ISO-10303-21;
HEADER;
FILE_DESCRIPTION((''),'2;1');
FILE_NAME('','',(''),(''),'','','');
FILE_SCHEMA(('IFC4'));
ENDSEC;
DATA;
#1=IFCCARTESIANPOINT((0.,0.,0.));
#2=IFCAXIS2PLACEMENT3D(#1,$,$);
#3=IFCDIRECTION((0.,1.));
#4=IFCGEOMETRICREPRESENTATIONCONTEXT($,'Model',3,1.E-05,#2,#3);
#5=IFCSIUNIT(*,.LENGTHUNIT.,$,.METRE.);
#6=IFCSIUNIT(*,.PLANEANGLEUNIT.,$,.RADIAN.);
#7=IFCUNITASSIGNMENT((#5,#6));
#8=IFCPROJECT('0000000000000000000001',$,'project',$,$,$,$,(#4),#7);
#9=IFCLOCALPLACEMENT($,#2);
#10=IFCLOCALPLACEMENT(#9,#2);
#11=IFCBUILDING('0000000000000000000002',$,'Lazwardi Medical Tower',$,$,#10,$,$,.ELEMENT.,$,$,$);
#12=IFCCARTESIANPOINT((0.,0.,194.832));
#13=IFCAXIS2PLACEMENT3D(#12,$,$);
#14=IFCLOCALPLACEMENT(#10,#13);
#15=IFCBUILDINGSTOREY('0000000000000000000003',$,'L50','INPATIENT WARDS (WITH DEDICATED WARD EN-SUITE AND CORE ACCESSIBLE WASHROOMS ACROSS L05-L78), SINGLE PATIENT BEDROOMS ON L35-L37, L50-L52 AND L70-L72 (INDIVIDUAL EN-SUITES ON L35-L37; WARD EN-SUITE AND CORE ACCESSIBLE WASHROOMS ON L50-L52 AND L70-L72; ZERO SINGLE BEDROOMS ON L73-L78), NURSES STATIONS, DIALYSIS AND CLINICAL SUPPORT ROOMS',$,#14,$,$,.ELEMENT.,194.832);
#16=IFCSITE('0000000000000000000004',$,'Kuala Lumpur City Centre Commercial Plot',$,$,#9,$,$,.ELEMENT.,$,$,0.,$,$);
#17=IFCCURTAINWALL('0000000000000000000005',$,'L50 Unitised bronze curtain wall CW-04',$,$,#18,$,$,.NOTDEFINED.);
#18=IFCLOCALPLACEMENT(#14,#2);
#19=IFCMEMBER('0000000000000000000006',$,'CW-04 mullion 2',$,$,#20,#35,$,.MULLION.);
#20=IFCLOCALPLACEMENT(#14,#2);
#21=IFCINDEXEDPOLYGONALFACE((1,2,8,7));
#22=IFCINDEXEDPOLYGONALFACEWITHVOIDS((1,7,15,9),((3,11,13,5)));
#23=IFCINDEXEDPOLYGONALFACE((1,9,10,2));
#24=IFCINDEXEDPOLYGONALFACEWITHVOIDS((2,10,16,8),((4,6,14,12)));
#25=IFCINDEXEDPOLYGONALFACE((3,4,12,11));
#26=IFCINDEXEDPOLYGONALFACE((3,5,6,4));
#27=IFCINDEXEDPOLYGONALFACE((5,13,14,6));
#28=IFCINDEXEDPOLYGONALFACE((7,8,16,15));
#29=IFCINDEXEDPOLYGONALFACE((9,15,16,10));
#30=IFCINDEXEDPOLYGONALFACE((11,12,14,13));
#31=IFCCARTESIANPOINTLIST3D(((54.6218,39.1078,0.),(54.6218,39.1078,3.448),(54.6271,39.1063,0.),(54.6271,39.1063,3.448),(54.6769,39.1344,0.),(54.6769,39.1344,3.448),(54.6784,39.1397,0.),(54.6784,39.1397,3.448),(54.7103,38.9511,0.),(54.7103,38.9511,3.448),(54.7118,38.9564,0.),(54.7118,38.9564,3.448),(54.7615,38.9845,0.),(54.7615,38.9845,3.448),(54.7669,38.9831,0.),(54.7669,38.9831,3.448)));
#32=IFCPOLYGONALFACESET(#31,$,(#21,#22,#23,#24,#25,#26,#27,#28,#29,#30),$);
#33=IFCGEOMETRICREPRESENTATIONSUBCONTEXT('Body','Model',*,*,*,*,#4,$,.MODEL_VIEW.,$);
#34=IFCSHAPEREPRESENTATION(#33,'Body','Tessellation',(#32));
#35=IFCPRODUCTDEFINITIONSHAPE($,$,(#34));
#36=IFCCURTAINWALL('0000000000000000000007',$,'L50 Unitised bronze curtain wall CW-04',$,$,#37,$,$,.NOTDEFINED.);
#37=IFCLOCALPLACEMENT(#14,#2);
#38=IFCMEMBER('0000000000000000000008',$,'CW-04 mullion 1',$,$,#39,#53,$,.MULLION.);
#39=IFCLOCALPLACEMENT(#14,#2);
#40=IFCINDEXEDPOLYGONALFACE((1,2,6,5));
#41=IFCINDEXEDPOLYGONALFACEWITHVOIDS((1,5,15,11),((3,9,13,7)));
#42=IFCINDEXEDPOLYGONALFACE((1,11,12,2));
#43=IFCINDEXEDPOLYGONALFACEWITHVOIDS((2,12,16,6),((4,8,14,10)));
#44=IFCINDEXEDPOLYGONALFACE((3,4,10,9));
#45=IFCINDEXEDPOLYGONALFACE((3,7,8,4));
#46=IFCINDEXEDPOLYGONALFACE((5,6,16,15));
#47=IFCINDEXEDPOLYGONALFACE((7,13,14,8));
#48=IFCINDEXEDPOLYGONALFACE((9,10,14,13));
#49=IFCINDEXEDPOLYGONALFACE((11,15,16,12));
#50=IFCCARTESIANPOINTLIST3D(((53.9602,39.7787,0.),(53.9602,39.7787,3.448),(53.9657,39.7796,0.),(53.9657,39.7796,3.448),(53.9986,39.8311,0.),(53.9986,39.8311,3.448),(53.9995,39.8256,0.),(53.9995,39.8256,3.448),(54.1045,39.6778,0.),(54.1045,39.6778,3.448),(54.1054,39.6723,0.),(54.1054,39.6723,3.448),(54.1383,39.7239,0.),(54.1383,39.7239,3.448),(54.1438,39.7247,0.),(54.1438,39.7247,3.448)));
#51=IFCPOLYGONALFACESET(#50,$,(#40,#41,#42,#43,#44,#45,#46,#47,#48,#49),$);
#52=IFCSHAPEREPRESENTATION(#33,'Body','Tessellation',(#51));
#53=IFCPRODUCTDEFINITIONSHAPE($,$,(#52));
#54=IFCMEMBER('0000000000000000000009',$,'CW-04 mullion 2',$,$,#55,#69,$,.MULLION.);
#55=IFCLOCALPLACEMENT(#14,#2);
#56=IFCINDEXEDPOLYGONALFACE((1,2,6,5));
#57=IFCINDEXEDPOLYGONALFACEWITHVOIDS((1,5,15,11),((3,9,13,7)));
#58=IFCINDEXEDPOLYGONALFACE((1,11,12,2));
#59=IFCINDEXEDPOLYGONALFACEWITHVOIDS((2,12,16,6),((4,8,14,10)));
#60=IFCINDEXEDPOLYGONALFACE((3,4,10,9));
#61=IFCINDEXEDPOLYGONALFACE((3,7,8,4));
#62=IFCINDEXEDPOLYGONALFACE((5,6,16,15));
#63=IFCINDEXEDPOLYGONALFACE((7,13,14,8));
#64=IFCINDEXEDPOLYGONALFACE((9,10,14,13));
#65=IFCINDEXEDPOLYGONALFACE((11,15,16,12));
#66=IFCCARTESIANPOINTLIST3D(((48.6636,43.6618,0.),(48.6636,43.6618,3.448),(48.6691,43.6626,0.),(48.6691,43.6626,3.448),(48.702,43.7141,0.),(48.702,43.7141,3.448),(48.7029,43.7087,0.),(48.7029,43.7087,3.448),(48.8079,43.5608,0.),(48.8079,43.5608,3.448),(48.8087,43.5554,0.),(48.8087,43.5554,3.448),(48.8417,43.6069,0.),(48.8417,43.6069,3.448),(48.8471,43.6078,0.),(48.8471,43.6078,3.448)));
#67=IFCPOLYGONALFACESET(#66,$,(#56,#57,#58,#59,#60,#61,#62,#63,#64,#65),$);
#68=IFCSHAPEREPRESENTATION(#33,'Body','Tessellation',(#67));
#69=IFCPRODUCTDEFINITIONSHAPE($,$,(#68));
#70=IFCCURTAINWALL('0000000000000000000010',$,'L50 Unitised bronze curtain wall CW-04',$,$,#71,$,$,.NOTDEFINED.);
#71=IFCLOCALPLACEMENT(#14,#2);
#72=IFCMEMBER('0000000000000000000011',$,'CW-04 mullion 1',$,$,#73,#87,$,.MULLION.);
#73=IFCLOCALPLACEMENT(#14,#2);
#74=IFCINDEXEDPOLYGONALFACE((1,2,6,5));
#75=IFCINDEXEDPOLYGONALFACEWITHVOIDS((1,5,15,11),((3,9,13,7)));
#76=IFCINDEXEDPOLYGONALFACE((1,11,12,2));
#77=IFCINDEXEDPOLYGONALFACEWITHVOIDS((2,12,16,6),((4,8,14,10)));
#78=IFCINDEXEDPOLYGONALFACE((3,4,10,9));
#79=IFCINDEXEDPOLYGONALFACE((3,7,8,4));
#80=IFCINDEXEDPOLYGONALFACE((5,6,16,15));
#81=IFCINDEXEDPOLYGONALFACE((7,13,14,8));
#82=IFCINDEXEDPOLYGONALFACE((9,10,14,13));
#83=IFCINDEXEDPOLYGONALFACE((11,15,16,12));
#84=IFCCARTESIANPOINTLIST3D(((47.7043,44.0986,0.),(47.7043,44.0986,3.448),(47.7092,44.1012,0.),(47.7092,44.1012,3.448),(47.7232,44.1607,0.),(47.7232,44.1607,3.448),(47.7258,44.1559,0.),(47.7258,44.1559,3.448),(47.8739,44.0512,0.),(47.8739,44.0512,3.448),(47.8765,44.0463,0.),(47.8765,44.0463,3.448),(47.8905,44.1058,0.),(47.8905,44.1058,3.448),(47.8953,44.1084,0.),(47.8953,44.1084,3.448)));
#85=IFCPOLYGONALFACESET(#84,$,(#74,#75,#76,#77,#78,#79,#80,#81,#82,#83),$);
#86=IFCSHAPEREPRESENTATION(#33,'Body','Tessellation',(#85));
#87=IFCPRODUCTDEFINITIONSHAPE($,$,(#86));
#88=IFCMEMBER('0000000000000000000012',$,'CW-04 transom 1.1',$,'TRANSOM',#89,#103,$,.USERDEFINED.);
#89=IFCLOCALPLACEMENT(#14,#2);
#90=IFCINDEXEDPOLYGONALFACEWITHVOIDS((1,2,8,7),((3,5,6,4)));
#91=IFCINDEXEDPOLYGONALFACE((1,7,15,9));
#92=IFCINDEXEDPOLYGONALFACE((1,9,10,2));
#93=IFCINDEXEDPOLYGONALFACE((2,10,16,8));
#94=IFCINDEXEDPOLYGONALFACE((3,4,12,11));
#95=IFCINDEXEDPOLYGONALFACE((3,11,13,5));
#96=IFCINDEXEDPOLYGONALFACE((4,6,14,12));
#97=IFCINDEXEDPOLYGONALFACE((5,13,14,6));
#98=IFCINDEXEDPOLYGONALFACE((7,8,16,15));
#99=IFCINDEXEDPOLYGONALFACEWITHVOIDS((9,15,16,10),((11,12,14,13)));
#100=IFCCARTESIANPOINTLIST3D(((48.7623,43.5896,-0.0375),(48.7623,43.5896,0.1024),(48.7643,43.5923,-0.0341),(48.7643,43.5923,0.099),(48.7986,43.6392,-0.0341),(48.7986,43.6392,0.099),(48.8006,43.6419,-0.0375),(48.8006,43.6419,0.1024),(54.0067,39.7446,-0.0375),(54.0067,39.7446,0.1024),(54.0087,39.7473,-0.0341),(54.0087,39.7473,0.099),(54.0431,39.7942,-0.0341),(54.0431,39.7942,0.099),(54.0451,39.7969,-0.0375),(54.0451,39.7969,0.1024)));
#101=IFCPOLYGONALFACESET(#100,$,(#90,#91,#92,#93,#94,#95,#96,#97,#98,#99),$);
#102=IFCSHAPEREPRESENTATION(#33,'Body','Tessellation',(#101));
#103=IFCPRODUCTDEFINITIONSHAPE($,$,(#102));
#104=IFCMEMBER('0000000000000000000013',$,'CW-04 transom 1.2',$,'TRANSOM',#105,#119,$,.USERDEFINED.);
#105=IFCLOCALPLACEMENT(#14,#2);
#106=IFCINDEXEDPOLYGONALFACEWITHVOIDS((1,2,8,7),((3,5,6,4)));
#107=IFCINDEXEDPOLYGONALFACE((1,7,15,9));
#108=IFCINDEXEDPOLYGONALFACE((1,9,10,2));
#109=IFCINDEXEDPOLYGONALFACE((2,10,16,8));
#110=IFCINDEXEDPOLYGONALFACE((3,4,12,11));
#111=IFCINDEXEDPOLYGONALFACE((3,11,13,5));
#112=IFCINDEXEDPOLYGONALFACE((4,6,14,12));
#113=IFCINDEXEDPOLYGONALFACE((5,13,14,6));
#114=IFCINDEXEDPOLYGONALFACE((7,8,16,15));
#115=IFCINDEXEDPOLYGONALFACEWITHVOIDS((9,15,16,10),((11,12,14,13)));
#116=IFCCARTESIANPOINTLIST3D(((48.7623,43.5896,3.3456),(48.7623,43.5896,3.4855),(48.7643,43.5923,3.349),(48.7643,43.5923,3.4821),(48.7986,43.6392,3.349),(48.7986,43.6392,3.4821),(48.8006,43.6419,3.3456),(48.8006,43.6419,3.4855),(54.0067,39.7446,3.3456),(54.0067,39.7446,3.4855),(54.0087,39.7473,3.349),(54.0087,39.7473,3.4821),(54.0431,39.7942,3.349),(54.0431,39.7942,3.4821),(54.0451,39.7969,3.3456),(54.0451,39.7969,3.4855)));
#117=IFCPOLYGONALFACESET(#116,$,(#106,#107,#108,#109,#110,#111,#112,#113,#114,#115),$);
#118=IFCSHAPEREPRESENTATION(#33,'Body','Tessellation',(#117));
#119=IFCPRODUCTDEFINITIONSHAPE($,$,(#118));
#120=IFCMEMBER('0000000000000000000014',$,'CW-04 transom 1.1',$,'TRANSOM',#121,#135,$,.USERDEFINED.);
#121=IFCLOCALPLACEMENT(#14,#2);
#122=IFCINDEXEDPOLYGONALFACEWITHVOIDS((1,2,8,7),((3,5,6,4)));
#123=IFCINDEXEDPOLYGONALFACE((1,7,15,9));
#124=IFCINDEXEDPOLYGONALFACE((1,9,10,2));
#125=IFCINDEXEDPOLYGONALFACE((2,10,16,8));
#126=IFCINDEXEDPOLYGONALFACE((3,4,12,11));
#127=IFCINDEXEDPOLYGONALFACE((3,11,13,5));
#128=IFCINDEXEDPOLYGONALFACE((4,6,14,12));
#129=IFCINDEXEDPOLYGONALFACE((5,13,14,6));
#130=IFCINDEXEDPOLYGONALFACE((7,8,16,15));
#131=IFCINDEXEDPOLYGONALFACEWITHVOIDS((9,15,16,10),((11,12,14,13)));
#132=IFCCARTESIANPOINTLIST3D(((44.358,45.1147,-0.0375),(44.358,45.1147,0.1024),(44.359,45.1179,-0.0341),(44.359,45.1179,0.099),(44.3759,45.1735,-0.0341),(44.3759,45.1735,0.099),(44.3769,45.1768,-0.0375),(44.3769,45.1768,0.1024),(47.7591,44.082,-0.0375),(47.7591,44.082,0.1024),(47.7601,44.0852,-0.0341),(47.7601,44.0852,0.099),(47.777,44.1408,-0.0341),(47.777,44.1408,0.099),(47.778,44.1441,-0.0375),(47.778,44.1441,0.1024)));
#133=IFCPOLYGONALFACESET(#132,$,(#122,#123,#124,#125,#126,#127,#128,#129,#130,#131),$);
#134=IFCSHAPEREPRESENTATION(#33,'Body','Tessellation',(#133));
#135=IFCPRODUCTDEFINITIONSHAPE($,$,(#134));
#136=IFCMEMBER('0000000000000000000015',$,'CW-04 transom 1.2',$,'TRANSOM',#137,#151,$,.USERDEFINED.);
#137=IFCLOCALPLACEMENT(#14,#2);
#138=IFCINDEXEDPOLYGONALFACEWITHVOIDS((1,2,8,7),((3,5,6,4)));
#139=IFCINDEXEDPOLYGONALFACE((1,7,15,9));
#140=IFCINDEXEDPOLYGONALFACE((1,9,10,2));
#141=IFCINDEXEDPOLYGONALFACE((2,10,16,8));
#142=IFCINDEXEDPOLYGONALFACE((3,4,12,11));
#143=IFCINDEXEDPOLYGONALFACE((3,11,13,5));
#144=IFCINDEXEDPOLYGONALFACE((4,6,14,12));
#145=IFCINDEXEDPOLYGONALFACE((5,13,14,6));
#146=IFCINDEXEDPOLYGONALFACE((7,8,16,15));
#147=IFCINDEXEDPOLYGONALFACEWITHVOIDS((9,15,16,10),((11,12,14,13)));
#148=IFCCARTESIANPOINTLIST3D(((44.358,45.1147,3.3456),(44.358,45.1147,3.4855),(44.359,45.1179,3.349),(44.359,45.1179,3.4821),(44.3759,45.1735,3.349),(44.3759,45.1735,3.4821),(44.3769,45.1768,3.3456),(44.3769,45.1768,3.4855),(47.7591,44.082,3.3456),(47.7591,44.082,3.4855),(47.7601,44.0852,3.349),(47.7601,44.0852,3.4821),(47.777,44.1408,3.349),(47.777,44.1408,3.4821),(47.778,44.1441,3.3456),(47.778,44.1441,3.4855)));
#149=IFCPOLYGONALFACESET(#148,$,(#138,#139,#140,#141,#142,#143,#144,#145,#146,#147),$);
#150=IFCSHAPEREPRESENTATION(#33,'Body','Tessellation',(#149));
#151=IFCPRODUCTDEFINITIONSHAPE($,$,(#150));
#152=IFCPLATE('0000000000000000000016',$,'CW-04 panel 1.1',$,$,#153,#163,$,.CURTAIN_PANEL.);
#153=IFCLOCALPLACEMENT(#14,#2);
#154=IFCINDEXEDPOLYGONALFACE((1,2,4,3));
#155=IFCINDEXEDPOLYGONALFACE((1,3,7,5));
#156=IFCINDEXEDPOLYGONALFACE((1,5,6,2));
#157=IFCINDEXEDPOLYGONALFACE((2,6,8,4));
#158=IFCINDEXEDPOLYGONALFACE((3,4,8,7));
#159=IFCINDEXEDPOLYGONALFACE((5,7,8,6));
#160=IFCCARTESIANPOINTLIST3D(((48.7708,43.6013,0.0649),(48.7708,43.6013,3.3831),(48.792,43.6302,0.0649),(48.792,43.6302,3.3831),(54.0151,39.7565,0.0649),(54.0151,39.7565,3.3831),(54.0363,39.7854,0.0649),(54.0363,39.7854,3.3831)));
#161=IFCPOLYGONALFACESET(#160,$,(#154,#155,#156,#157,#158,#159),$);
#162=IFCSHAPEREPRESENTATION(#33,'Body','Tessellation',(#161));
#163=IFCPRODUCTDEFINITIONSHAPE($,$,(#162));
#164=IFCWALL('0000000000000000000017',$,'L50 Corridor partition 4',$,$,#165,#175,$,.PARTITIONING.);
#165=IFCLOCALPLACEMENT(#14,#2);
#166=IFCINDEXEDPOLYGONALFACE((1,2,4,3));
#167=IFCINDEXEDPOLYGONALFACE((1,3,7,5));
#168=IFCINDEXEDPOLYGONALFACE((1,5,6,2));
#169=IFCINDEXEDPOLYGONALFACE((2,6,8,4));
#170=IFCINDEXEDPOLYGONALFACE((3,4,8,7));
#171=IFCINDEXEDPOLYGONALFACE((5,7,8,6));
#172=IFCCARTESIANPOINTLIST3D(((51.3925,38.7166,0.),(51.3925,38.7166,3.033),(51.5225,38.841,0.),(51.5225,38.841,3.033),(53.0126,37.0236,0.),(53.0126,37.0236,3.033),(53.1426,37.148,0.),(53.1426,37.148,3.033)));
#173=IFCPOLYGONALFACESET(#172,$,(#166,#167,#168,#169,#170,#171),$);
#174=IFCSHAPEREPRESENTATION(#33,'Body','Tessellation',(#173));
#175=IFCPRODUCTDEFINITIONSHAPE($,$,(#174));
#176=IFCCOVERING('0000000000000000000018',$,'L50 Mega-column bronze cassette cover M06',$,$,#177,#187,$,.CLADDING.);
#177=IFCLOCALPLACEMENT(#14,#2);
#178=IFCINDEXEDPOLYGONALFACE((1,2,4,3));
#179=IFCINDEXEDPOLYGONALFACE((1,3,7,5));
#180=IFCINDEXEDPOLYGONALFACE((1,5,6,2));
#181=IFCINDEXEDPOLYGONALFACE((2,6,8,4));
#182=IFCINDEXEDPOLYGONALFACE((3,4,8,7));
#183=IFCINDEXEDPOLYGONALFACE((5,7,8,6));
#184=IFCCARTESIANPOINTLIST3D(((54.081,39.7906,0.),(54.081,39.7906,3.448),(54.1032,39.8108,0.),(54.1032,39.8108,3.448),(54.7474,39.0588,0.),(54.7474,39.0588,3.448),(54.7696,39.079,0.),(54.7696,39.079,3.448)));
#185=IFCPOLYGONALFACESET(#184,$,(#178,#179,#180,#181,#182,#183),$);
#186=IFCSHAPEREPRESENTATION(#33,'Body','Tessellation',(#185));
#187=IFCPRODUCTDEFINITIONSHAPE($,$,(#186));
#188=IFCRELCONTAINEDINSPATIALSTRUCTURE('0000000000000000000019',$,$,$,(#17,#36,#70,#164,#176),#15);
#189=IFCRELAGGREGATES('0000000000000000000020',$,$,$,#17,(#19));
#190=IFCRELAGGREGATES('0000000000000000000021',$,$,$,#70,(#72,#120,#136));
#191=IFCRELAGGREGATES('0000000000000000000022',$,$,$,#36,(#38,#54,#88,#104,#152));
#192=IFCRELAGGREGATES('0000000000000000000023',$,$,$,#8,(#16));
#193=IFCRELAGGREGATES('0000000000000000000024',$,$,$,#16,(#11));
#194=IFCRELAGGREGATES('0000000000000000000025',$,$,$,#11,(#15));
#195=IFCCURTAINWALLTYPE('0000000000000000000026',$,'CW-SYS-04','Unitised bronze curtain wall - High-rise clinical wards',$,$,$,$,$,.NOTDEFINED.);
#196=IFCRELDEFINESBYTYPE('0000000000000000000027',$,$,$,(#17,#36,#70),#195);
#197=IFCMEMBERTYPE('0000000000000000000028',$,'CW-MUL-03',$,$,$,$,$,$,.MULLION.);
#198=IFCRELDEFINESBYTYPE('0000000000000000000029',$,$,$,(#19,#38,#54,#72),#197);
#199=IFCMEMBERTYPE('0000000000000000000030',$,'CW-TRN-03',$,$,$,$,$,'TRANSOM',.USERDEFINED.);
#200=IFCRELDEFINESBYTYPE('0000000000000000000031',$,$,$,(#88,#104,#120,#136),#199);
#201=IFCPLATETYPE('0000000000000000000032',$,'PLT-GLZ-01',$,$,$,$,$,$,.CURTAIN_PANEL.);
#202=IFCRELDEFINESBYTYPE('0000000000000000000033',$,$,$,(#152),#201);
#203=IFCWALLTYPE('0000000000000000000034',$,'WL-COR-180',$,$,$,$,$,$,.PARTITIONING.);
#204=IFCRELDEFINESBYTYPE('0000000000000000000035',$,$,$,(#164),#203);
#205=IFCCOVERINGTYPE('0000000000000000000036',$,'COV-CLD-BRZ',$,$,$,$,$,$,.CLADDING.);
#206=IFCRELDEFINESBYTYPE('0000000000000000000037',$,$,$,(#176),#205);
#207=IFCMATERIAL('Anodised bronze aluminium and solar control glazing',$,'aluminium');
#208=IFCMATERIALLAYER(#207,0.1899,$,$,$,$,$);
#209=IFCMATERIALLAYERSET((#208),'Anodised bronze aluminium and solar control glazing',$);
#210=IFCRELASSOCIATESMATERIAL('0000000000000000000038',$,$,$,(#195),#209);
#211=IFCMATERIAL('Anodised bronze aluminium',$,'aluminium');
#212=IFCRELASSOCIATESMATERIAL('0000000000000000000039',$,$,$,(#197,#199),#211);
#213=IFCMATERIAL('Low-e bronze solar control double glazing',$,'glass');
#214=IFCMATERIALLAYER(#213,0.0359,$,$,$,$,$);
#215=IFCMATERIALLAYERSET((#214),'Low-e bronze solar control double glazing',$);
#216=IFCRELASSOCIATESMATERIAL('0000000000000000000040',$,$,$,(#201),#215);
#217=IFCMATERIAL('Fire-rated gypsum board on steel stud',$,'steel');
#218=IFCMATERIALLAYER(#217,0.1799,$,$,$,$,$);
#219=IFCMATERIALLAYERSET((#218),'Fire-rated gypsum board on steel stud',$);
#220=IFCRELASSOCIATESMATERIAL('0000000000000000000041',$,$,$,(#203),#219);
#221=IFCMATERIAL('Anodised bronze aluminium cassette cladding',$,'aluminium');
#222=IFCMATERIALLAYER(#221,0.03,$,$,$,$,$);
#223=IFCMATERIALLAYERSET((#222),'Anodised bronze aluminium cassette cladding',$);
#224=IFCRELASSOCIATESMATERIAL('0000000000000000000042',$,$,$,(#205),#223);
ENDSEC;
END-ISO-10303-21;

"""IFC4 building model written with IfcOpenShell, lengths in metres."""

from ifc_helpers import new_model, si_unit, direction, frame, frame_2d, origin, origin_2d, place, context, subcontext, project, spatial, rectangle, hollow_rectangle, extrude, material, layer, layer_set, material_profile, profile_set, type_object, element, aggregate, save


model = new_model("IFC4")

# Units and contexts
model_context = context("Model", 3, precision=1e-05, world=origin(), true_north=direction((0.0, 1.0)))
body_context = subcontext(model_context, "Body", "Model", "MODEL_VIEW")
ifc_project = project(units=[si_unit("LENGTHUNIT", "METRE"), si_unit("PLANEANGLEUNIT", "RADIAN")], contexts=[model_context])

# Site, building, storey
site_placement = place(None, origin())
site = spatial("IfcSite", under=ifc_project, at=site_placement, Name="Kuala Lumpur City Centre Commercial Plot", CompositionType="ELEMENT", RefElevation=0.0)
building_placement = place(site_placement, origin())
building = spatial("IfcBuilding", under=site, at=building_placement, Name="Lazwardi Medical Tower", CompositionType="ELEMENT")
storey_placement = place(building_placement, frame((0.0, 0.0, 194.832)))
storey = spatial("IfcBuildingStorey", under=building, at=storey_placement, Name="L50", Description="INPATIENT WARDS (WITH DEDICATED WARD EN-SUITE AND CORE ACCESSIBLE WASHROOMS ACROSS L05-L78), SINGLE PATIENT BEDROOMS ON L35-L37, L50-L52 AND L70-L72 (INDIVIDUAL EN-SUITES ON L35-L37; WARD EN-SUITE AND CORE ACCESSIBLE WASHROOMS ON L50-L52 AND L70-L72; ZERO SINGLE BEDROOMS ON L73-L78), NURSES STATIONS, DIALYSIS AND CLINICAL SUPPORT ROOMS", CompositionType="ELEMENT", Elevation=194.832)

# Curtain wall, member
ifc_material_1 = material(Name="Anodised bronze aluminium and solar control glazing", Category="aluminium")
ifc_layer_1 = layer(ifc_material_1, 0.1899)
ifc_layer_set_1 = layer_set([ifc_layer_1], Name="Anodised bronze aluminium and solar control glazing")
curtain_wall_type = type_object("IfcCurtainWallType", Name="CW-SYS-04", Description="Unitised bronze curtain wall - High-rise clinical wards", PredefinedType="NOTDEFINED", material=ifc_layer_set_1)
curtain_wall_1_placement = place(storey_placement, origin())
curtain_wall_1 = element("IfcCurtainWall", 1, at=curtain_wall_1_placement, inside=storey, type_object=curtain_wall_type, Name="L50 Unitised bronze curtain wall CW-04", PredefinedType="NOTDEFINED")
ifc_material_2 = material(Name="Anodised bronze aluminium", Category="aluminium")
ifc_material_profile_1 = material_profile(ifc_material_2, hollow_rectangle(XDim=0.0649, YDim=0.1799, WallThickness=0.0039, at=origin_2d()), Name="ALU-MULLION 180x65x4")
ifc_profile_set_1 = profile_set([ifc_material_profile_1], Name="Anodised bronze aluminium")
member_type_1 = type_object("IfcMemberType", Name="CW-MUL-03", PredefinedType="MULLION", material=ifc_profile_set_1)
member_1_placement = place(storey_placement, frame((54.6943, 39.0454, 0.0), z_axis=(0.0, 0.0, 1.0), x_axis=(-0.870651, -0.4919, 0.0)))
member_1 = element("IfcMember", 2, at=member_1_placement, type_object=member_type_1, Name="CW-04 mullion 2", PredefinedType="MULLION", context=body_context, shape_type="SweptSolid", body=[
    extrude(hollow_rectangle(XDim=0.0649, YDim=0.1799, WallThickness=0.0039, at=origin_2d()), origin(), (0.0, 0.0, 1.0), 3.448),
])
aggregate(curtain_wall_1, [member_1])

# Curtain wall, members
curtain_wall_2_placement = place(storey_placement, origin())
curtain_wall_2 = element("IfcCurtainWall", 3, at=curtain_wall_2_placement, inside=storey, type_object=curtain_wall_type, Name="L50 Unitised bronze curtain wall CW-04", PredefinedType="NOTDEFINED")
member_2_placement = place(storey_placement, frame((54.052, 39.7517, 0.0), z_axis=(0.0, 0.0, 1.0), x_axis=(-0.591268, -0.806475, 0.0)))
member_2 = element("IfcMember", 4, at=member_2_placement, type_object=member_type_1, Name="CW-04 mullion 1", PredefinedType="MULLION", context=body_context, shape_type="SweptSolid", body=[
    extrude(hollow_rectangle(XDim=0.0649, YDim=0.1799, WallThickness=0.0039, at=origin_2d()), origin(), (0.0, 0.0, 1.0), 3.448),
])
member_3_placement = place(storey_placement, frame((48.7554, 43.6348, 0.0), z_axis=(0.0, 0.0, 1.0), x_axis=(-0.591268, -0.806475, 0.0)))
member_3 = element("IfcMember", 5, at=member_3_placement, type_object=member_type_1, Name="CW-04 mullion 2", PredefinedType="MULLION", context=body_context, shape_type="SweptSolid", body=[
    extrude(hollow_rectangle(XDim=0.0649, YDim=0.1799, WallThickness=0.0039, at=origin_2d()), origin(), (0.0, 0.0, 1.0), 3.448),
])

# Curtain wall, member
curtain_wall_3_placement = place(storey_placement, origin())
curtain_wall_3 = element("IfcCurtainWall", 6, at=curtain_wall_3_placement, inside=storey, type_object=curtain_wall_type, Name="L50 Unitised bronze curtain wall CW-04", PredefinedType="NOTDEFINED")
member_4_placement = place(storey_placement, frame((47.7998, 44.1035, 0.0), z_axis=(0.0, 0.0, 1.0), x_axis=(-0.290582, -0.95685, 0.0)))
member_4 = element("IfcMember", 7, at=member_4_placement, type_object=member_type_1, Name="CW-04 mullion 1", PredefinedType="MULLION", context=body_context, shape_type="SweptSolid", body=[
    extrude(hollow_rectangle(XDim=0.0649, YDim=0.1799, WallThickness=0.0039, at=origin_2d()), origin(), (0.0, 0.0, 1.0), 3.448),
])

# Members
ifc_material_profile_2 = material_profile(ifc_material_2, hollow_rectangle(XDim=0.0649, YDim=0.1399, WallThickness=0.0034, at=origin_2d()), Name="ALU-TRANSOM 140x65x3.5")
ifc_profile_set_2 = profile_set([ifc_material_profile_2], Name="Anodised bronze aluminium")
member_type_2 = type_object("IfcMemberType", Name="CW-TRN-03", ElementType="TRANSOM", PredefinedType="USERDEFINED", material=ifc_profile_set_2)
member_5_placement = place(storey_placement, frame((54.0259, 39.7708, 0.0325), z_axis=(-0.806472, 0.591273, 0.0), x_axis=(-0.591273, -0.806472, 0.0)))
member_5 = element("IfcMember", 8, at=member_5_placement, type_object=member_type_2, Name="CW-04 transom 1.1", ObjectType="TRANSOM", PredefinedType="USERDEFINED", context=body_context, shape_type="SweptSolid", body=[
    extrude(hollow_rectangle(XDim=0.0649, YDim=0.1399, WallThickness=0.0034, at=origin_2d()), origin(), (0.0, 0.0, 1.0), 6.5029),
])
member_6_placement = place(storey_placement, frame((54.0259, 39.7708, 3.4155), z_axis=(-0.806472, 0.591273, 0.0), x_axis=(-0.591273, -0.806472, 0.0)))
member_6 = element("IfcMember", 9, at=member_6_placement, type_object=member_type_2, Name="CW-04 transom 1.2", ObjectType="TRANSOM", PredefinedType="USERDEFINED", context=body_context, shape_type="SweptSolid", body=[
    extrude(hollow_rectangle(XDim=0.0649, YDim=0.1399, WallThickness=0.0034, at=origin_2d()), origin(), (0.0, 0.0, 1.0), 6.5029),
])
member_7_placement = place(storey_placement, frame((47.7686, 44.113, 0.0325), z_axis=(-0.956863, 0.290541, 0.0), x_axis=(-0.290541, -0.956863, 0.0)))
member_7 = element("IfcMember", 10, at=member_7_placement, type_object=member_type_2, Name="CW-04 transom 1.1", ObjectType="TRANSOM", PredefinedType="USERDEFINED", context=body_context, shape_type="SweptSolid", body=[
    extrude(hollow_rectangle(XDim=0.0649, YDim=0.1399, WallThickness=0.0034, at=origin_2d()), origin(), (0.0, 0.0, 1.0), 3.5544),
])
member_8_placement = place(storey_placement, frame((47.7686, 44.113, 3.4155), z_axis=(-0.956863, 0.290541, 0.0), x_axis=(-0.290541, -0.956863, 0.0)))
member_8 = element("IfcMember", 11, at=member_8_placement, type_object=member_type_2, Name="CW-04 transom 1.2", ObjectType="TRANSOM", PredefinedType="USERDEFINED", context=body_context, shape_type="SweptSolid", body=[
    extrude(hollow_rectangle(XDim=0.0649, YDim=0.1399, WallThickness=0.0034, at=origin_2d()), origin(), (0.0, 0.0, 1.0), 3.5544),
])
aggregate(curtain_wall_3, [member_4, member_7, member_8])

# Plate
ifc_material_3 = material(Name="Low-e bronze solar control double glazing", Category="glass")
ifc_layer_2 = layer(ifc_material_3, 0.0359)
ifc_layer_set_2 = layer_set([ifc_layer_2], Name="Low-e bronze solar control double glazing")
plate_type = type_object("IfcPlateType", Name="PLT-GLZ-01", PredefinedType="CURTAIN_PANEL", material=ifc_layer_set_2)
plate_placement = place(storey_placement, frame((51.4036, 41.6934, 0.0649), z_axis=(0.0, 0.0, 1.0), x_axis=(-0.806475, 0.591268, 0.0)))
plate = element("IfcPlate", 12, at=plate_placement, type_object=plate_type, Name="CW-04 panel 1.1", PredefinedType="CURTAIN_PANEL", context=body_context, shape_type="SweptSolid", body=[
    extrude(rectangle(XDim=6.5027, YDim=0.0359, at=origin_2d()), origin(), (0.0, 0.0, 1.0), 3.3181),
])
aggregate(curtain_wall_2, [member_2, member_3, member_5, member_6, plate])

# Wall
ifc_material_4 = material(Name="Fire-rated gypsum board on steel stud", Category="steel")
ifc_layer_3 = layer(ifc_material_4, 0.1799)
ifc_layer_set_3 = layer_set([ifc_layer_3], Name="Fire-rated gypsum board on steel stud")
wall_type = type_object("IfcWallType", Name="WL-COR-180", PredefinedType="PARTITIONING", material=ifc_layer_set_3)
wall_placement = place(storey_placement, frame((51.4575, 38.7788, 0.0), z_axis=(0.0, 0.0, 1.0), x_axis=(0.69136, -0.722511, 0.0)))
element("IfcWall", 13, at=wall_placement, inside=storey, type_object=wall_type, Name="L50 Corridor partition 4", PredefinedType="PARTITIONING", context=body_context, shape_type="SweptSolid", body=[
    extrude(rectangle(XDim=2.3433, YDim=0.1799, at=frame_2d((1.1716, 0.0))), origin(), (0.0, 0.0, 1.0), 3.033),
])

# Covering
ifc_material_5 = material(Name="Anodised bronze aluminium cassette cladding", Category="aluminium")
ifc_layer_4 = layer(ifc_material_5, 0.03)
ifc_layer_set_4 = layer_set([ifc_layer_4], Name="Anodised bronze aluminium cassette cladding")
covering_type = type_object("IfcCoveringType", Name="COV-CLD-BRZ", PredefinedType="CLADDING", material=ifc_layer_set_4)
covering_1_placement = place(storey_placement, frame((54.4253, 39.4348, 0.0), z_axis=(0.0, 0.0, 1.0), x_axis=(-0.673241, 0.739423, 0.0)))
element("IfcCovering", 14, at=covering_1_placement, inside=storey, type_object=covering_type, Name="L50 Mega-column bronze cassette cover M06", PredefinedType="CLADDING", context=body_context, shape_type="SweptSolid", body=[
    extrude(rectangle(XDim=0.9897, YDim=0.03, at=origin_2d()), origin(), (0.0, 0.0, 1.0), 3.448),
])

save(model, "model.ifc")
